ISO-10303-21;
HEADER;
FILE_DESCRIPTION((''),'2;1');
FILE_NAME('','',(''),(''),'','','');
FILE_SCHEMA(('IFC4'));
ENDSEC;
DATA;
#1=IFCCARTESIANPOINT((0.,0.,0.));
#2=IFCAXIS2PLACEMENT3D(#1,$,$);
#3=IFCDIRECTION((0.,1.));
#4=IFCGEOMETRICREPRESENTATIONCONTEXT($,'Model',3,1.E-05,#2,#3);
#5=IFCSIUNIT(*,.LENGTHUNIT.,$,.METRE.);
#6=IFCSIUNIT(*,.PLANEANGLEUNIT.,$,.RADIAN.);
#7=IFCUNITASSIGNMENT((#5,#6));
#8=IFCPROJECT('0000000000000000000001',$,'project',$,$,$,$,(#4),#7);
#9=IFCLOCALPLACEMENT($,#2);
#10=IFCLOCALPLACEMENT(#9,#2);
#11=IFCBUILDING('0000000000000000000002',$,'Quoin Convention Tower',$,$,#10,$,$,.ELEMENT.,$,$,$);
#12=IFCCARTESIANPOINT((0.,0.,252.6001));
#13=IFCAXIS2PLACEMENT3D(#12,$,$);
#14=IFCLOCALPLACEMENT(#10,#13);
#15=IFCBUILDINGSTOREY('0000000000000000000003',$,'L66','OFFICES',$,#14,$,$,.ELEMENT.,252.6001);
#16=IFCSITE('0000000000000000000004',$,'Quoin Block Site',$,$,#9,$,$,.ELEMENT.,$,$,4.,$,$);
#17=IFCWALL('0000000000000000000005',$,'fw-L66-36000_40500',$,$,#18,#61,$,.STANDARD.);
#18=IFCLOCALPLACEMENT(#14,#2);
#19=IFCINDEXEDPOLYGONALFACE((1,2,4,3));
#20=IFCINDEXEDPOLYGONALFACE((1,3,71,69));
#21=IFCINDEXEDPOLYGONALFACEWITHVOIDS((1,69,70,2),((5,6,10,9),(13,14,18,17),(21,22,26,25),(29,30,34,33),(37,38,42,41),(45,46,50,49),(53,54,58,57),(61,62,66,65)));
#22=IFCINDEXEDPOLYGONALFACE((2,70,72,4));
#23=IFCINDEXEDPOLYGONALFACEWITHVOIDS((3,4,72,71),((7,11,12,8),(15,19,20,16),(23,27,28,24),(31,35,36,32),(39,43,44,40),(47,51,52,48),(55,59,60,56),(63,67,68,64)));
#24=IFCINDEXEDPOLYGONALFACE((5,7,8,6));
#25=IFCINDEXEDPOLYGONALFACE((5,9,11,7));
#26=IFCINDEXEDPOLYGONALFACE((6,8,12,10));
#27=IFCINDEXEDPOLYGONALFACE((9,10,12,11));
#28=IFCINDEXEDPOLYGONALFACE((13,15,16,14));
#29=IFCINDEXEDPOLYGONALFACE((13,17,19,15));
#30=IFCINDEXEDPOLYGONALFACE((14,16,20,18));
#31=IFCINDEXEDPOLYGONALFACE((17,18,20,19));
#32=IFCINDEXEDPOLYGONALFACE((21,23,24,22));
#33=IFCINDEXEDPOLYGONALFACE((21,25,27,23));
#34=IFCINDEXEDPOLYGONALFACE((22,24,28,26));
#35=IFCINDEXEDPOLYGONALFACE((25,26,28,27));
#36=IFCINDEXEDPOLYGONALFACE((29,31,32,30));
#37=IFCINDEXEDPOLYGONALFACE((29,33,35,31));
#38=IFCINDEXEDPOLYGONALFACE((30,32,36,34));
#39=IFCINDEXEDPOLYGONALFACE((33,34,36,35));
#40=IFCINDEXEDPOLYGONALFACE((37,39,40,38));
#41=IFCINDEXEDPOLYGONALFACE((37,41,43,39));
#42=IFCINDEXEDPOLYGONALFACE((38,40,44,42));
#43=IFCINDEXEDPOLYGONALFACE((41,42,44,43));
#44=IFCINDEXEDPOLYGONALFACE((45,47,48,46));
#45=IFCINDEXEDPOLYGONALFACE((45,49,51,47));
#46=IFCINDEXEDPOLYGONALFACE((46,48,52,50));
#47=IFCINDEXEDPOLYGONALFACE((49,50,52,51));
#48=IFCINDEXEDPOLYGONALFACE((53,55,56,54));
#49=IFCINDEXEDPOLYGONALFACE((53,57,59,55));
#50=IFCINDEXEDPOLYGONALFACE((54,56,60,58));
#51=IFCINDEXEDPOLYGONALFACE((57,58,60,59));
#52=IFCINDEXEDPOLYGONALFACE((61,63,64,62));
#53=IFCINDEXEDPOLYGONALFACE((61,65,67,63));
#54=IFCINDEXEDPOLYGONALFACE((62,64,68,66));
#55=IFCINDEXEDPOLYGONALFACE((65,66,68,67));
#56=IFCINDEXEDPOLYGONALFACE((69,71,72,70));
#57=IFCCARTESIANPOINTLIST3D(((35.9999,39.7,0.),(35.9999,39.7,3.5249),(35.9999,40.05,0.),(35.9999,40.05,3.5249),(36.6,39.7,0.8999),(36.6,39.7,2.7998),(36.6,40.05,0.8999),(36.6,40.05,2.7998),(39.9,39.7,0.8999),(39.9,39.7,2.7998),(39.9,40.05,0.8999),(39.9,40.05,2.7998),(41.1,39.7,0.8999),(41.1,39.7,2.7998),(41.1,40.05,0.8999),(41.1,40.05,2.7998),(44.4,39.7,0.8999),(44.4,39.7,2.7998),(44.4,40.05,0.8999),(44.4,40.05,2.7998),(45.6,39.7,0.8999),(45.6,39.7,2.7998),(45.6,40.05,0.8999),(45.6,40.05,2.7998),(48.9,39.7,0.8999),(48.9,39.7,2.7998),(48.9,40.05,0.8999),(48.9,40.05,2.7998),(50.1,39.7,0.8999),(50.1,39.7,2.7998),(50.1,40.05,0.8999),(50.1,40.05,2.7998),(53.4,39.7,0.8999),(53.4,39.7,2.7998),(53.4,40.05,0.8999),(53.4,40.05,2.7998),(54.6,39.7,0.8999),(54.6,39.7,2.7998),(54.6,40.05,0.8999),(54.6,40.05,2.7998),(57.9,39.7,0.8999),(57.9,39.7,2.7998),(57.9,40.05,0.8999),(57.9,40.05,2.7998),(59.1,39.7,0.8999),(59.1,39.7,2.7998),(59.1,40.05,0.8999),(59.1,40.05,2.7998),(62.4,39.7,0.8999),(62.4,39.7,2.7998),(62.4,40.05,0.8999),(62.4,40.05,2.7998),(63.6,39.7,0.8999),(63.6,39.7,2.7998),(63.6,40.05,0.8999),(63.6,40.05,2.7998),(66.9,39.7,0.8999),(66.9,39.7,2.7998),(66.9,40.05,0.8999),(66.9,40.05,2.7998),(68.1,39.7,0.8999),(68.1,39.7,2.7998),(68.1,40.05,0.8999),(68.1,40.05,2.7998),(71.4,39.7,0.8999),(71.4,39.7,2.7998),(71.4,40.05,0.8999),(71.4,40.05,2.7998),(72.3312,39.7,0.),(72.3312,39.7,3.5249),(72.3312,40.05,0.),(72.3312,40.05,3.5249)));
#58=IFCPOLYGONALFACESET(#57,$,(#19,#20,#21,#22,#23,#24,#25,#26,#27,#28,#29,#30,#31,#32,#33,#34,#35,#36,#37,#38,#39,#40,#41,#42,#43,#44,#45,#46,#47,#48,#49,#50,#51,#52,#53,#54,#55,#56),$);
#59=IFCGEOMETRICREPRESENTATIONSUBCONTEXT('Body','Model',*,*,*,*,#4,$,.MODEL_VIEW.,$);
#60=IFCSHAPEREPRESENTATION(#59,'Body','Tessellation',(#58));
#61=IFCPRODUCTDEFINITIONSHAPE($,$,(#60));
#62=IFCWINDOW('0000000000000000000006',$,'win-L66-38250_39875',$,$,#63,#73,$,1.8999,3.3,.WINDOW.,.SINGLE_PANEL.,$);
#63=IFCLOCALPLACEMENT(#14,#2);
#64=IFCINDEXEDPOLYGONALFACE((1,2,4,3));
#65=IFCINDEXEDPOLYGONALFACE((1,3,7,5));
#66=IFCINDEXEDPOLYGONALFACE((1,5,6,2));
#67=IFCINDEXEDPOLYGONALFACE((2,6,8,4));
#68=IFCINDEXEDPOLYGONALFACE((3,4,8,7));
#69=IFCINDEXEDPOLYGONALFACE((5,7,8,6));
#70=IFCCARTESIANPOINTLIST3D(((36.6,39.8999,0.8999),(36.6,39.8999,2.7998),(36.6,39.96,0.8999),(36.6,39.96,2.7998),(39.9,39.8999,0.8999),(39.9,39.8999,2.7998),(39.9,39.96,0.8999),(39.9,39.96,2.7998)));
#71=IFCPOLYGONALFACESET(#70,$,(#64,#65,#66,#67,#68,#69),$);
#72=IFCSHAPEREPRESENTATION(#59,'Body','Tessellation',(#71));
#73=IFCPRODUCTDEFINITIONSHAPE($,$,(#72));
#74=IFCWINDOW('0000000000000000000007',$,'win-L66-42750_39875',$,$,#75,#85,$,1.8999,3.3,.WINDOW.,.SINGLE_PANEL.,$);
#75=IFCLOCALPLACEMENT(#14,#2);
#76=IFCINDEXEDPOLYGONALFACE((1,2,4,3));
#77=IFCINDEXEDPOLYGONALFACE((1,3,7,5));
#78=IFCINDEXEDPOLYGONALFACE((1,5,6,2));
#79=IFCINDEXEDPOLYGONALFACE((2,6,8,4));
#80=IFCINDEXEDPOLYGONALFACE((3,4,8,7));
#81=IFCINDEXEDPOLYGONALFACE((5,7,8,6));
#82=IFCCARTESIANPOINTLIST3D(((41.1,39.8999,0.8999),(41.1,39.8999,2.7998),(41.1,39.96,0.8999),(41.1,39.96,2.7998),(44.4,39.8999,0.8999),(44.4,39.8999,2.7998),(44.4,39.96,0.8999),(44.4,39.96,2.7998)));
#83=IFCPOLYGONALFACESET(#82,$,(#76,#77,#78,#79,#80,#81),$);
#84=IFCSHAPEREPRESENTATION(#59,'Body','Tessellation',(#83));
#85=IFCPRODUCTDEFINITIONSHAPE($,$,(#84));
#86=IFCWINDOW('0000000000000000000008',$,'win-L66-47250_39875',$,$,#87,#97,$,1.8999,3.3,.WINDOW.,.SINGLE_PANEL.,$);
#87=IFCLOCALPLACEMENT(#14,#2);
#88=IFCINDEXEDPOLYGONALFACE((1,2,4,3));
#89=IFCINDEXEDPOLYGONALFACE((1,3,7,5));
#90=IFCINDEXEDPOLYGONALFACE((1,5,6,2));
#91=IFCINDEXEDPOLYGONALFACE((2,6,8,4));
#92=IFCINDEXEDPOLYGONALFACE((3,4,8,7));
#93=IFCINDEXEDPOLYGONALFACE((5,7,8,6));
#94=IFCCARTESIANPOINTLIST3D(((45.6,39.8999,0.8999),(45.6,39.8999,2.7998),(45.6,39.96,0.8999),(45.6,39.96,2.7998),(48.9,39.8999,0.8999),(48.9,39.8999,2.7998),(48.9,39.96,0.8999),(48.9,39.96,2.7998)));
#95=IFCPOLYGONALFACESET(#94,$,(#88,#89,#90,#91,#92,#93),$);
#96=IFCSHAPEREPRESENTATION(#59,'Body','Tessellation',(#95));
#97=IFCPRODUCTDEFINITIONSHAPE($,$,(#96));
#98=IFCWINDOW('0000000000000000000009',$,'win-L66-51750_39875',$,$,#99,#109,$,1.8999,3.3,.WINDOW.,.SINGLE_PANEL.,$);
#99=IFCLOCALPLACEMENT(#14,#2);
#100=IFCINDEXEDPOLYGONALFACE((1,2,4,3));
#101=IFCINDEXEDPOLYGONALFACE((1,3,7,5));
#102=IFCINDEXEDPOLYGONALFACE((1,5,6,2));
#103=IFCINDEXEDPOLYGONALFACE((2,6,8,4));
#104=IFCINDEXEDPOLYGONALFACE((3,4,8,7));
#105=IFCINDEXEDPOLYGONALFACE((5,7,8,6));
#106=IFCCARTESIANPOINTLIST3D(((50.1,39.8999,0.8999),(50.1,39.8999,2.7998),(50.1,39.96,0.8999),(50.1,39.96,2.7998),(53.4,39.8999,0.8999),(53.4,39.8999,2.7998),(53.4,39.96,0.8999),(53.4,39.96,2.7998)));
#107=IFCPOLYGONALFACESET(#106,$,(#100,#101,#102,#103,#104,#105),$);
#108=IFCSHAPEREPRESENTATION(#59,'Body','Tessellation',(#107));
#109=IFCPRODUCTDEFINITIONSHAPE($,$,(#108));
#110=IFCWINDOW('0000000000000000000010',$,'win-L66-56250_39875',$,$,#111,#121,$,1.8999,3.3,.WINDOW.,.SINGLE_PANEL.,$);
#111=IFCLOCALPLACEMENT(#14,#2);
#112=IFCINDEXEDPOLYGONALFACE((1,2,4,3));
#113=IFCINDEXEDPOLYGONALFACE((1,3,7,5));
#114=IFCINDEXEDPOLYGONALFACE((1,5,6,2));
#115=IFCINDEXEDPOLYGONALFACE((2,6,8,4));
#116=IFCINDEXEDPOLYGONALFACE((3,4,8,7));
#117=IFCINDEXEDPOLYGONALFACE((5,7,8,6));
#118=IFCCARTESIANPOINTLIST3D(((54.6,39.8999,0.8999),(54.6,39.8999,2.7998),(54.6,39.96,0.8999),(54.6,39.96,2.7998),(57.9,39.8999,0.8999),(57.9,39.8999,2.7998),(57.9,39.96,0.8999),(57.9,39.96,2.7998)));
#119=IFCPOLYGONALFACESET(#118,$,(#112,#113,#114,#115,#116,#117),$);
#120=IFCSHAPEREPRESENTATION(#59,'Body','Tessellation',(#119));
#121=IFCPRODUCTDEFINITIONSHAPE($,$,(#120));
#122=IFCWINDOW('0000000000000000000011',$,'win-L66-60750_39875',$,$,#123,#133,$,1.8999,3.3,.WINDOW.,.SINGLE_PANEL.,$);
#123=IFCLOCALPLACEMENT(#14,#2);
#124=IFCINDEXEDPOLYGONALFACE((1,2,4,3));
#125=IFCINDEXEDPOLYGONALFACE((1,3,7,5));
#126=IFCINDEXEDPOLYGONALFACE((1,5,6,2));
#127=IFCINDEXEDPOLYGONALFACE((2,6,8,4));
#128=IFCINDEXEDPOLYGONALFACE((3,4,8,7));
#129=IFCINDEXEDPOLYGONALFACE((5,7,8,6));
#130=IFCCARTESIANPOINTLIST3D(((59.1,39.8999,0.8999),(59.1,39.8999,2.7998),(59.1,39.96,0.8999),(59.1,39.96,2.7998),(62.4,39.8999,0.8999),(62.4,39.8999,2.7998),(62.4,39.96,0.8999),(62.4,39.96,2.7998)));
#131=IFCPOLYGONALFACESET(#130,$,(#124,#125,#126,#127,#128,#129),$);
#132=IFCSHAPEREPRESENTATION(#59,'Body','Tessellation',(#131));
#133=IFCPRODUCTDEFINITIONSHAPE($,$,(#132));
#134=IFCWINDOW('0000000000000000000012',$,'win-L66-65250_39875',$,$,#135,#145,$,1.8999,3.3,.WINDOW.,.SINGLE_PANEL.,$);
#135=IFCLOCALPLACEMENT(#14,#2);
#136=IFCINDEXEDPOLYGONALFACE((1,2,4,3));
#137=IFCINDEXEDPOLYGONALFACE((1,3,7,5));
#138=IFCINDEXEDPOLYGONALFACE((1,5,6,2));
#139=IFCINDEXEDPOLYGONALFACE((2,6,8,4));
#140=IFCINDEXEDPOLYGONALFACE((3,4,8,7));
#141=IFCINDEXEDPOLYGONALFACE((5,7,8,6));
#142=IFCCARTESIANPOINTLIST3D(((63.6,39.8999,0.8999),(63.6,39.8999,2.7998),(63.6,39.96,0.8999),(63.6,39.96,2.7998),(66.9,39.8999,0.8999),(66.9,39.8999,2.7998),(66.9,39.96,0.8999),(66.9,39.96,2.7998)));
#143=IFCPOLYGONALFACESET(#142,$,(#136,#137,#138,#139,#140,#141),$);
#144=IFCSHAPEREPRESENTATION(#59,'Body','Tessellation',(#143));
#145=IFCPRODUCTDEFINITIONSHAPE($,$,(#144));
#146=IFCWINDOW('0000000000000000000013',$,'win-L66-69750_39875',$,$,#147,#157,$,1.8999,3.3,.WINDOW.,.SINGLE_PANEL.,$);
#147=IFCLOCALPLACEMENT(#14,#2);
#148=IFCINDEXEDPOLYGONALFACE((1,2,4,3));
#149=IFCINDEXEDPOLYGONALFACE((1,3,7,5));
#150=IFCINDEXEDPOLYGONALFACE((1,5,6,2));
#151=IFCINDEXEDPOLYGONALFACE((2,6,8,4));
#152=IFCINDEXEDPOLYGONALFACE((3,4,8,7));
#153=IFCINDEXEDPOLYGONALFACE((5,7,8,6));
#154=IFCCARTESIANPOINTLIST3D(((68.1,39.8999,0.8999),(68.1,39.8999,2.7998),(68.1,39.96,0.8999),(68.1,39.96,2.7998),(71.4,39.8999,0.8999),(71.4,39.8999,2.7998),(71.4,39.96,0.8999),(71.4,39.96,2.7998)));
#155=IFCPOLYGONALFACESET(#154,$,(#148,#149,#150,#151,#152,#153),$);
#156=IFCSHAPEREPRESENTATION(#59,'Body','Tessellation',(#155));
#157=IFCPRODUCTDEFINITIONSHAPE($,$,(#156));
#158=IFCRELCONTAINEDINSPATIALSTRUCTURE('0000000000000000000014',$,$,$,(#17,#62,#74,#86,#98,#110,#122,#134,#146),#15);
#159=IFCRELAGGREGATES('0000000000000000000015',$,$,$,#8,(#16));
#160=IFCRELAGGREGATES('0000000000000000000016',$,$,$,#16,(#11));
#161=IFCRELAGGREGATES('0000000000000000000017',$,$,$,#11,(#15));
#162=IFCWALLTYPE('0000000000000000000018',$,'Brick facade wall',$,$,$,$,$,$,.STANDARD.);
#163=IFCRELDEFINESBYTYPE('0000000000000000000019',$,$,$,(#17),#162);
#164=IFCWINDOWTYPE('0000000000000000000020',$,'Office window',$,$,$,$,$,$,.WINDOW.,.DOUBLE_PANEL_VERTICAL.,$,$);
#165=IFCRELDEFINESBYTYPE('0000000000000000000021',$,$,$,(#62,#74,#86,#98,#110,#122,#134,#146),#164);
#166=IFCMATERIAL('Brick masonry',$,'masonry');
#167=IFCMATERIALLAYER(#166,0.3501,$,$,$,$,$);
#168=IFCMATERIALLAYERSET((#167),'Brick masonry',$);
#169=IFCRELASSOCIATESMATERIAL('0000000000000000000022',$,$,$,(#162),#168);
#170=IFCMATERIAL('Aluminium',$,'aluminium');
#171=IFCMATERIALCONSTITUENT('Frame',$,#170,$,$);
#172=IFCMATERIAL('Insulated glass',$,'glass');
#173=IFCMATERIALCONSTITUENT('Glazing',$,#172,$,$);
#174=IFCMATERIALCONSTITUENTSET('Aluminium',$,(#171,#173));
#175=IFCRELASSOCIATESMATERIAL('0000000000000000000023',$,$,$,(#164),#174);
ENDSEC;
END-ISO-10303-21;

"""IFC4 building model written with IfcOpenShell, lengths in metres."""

from ifc_helpers import new_model, si_unit, direction, frame, frame_2d, origin, place, context, subcontext, project, spatial, rectangle, extrude, material, layer, layer_set, constituent, constituent_set, type_object, element, fill, save


model = new_model("IFC4")

# Units and contexts
model_context = context("Model", 3, precision=1e-05, world=origin(), true_north=direction((0.0, 1.0)))
body_context = subcontext(model_context, "Body", "Model", "MODEL_VIEW")
ifc_project = project(units=[si_unit("LENGTHUNIT", "METRE"), si_unit("PLANEANGLEUNIT", "RADIAN")], contexts=[model_context])

# Site, building, storey
site_placement = place(None, origin())
site = spatial("IfcSite", under=ifc_project, at=site_placement, Name="Quoin Block Site", CompositionType="ELEMENT", RefElevation=4.0)
building_placement = place(site_placement, origin())
building = spatial("IfcBuilding", under=site, at=building_placement, Name="Quoin Convention Tower", CompositionType="ELEMENT")
storey_placement = place(building_placement, frame((0.0, 0.0, 252.6001)))
storey = spatial("IfcBuildingStorey", under=building, at=storey_placement, Name="L66", Description="OFFICES", CompositionType="ELEMENT", Elevation=252.6001)

# Wall, openings, windows
ifc_material_1 = material(Name="Brick masonry", Category="masonry")
ifc_layer_1 = layer(ifc_material_1, 0.3501)
ifc_layer_set_1 = layer_set([ifc_layer_1], Name="Brick masonry")
wall_type = type_object("IfcWallType", Name="Brick facade wall", PredefinedType="STANDARD", material=ifc_layer_set_1)
wall_1_placement = place(storey_placement, frame((36.0, 39.875, 0.0), z_axis=(0.0, 0.0, 1.0), x_axis=(1.0, 0.0, 0.0)))
wall_1 = element("IfcWall", 1, at=wall_1_placement, inside=storey, type_object=wall_type, Name="fw-L66-36000_40500", PredefinedType="STANDARD", context=body_context, shape_type="SweptSolid", body=[
    extrude(rectangle(XDim=36.3313, YDim=0.3501, at=frame_2d((18.1655, 0.0))), origin(), (0.0, 0.0, 1.0), 3.5249),
])
opening_1_placement = place(wall_1_placement, frame((0.6001, 0.0, 0.8999)))
opening_1 = element("IfcOpeningElement", 2, at=opening_1_placement, cuts=wall_1, PredefinedType="OPENING", context=body_context, shape_type="SweptSolid", body=[
    extrude(rectangle(XDim=3.3, YDim=1.8999, at=frame_2d((1.6499, 0.95))), frame((0.0, 0.1851, 0.0), z_axis=(0.0, -1.0, 0.0), x_axis=(1.0, 0.0, 0.0)), (0.0, 0.0, 1.0), 0.3701),
])
opening_2_placement = place(wall_1_placement, frame((5.1001, 0.0, 0.8999)))
opening_2 = element("IfcOpeningElement", 3, at=opening_2_placement, cuts=wall_1, PredefinedType="OPENING", context=body_context, shape_type="SweptSolid", body=[
    extrude(rectangle(XDim=3.3, YDim=1.8999, at=frame_2d((1.6499, 0.95))), frame((0.0, 0.1851, 0.0), z_axis=(0.0, -1.0, 0.0), x_axis=(1.0, 0.0, 0.0)), (0.0, 0.0, 1.0), 0.3701),
])
opening_3_placement = place(wall_1_placement, frame((9.6001, 0.0, 0.8999)))
opening_3 = element("IfcOpeningElement", 4, at=opening_3_placement, cuts=wall_1, PredefinedType="OPENING", context=body_context, shape_type="SweptSolid", body=[
    extrude(rectangle(XDim=3.3, YDim=1.8999, at=frame_2d((1.6499, 0.95))), frame((0.0, 0.1851, 0.0), z_axis=(0.0, -1.0, 0.0), x_axis=(1.0, 0.0, 0.0)), (0.0, 0.0, 1.0), 0.3701),
])
opening_4_placement = place(wall_1_placement, frame((14.1001, 0.0, 0.8999)))
opening_4 = element("IfcOpeningElement", 5, at=opening_4_placement, cuts=wall_1, PredefinedType="OPENING", context=body_context, shape_type="SweptSolid", body=[
    extrude(rectangle(XDim=3.3, YDim=1.8999, at=frame_2d((1.6499, 0.95))), frame((0.0, 0.1851, 0.0), z_axis=(0.0, -1.0, 0.0), x_axis=(1.0, 0.0, 0.0)), (0.0, 0.0, 1.0), 0.3701),
])
opening_5_placement = place(wall_1_placement, frame((18.6001, 0.0, 0.8999)))
opening_5 = element("IfcOpeningElement", 6, at=opening_5_placement, cuts=wall_1, PredefinedType="OPENING", context=body_context, shape_type="SweptSolid", body=[
    extrude(rectangle(XDim=3.3, YDim=1.8999, at=frame_2d((1.6499, 0.95))), frame((0.0, 0.1851, 0.0), z_axis=(0.0, -1.0, 0.0), x_axis=(1.0, 0.0, 0.0)), (0.0, 0.0, 1.0), 0.3701),
])
opening_6_placement = place(wall_1_placement, frame((23.1001, 0.0, 0.8999)))
opening_6 = element("IfcOpeningElement", 7, at=opening_6_placement, cuts=wall_1, PredefinedType="OPENING", context=body_context, shape_type="SweptSolid", body=[
    extrude(rectangle(XDim=3.3, YDim=1.8999, at=frame_2d((1.6499, 0.95))), frame((0.0, 0.1851, 0.0), z_axis=(0.0, -1.0, 0.0), x_axis=(1.0, 0.0, 0.0)), (0.0, 0.0, 1.0), 0.3701),
])
opening_7_placement = place(wall_1_placement, frame((27.6001, 0.0, 0.8999)))
opening_7 = element("IfcOpeningElement", 8, at=opening_7_placement, cuts=wall_1, PredefinedType="OPENING", context=body_context, shape_type="SweptSolid", body=[
    extrude(rectangle(XDim=3.3, YDim=1.8999, at=frame_2d((1.6499, 0.95))), frame((0.0, 0.1851, 0.0), z_axis=(0.0, -1.0, 0.0), x_axis=(1.0, 0.0, 0.0)), (0.0, 0.0, 1.0), 0.3701),
])
opening_8_placement = place(wall_1_placement, frame((32.1001, 0.0, 0.8999)))
opening_8 = element("IfcOpeningElement", 9, at=opening_8_placement, cuts=wall_1, PredefinedType="OPENING", context=body_context, shape_type="SweptSolid", body=[
    extrude(rectangle(XDim=3.3, YDim=1.8999, at=frame_2d((1.6499, 0.95))), frame((0.0, 0.1851, 0.0), z_axis=(0.0, -1.0, 0.0), x_axis=(1.0, 0.0, 0.0)), (0.0, 0.0, 1.0), 0.3701),
])
ifc_material_2 = material(Name="Aluminium", Category="aluminium")
ifc_constituent_1 = constituent(ifc_material_2, Name="Frame")
ifc_material_3 = material(Name="Insulated glass", Category="glass")
ifc_constituent_2 = constituent(ifc_material_3, Name="Glazing")
ifc_constituent_set = constituent_set(constituents=[ifc_constituent_1, ifc_constituent_2], Name="Aluminium")
window_type = type_object("IfcWindowType", Name="Office window", PartitioningType="DOUBLE_PANEL_VERTICAL", PredefinedType="WINDOW", material=ifc_constituent_set)
window_1_placement = place(opening_1_placement, origin())
window_1 = element("IfcWindow", 10, at=window_1_placement, inside=storey, type_object=window_type, Name="win-L66-38250_39875", OverallHeight=1.8999, OverallWidth=3.3, PartitioningType="SINGLE_PANEL", PredefinedType="WINDOW", context=body_context, shape_type="SweptSolid", body=[
    extrude(rectangle(XDim=3.3, YDim=1.8999, at=frame_2d((1.6499, 0.95))), frame((0.0, 0.085, 0.0), z_axis=(0.0, -1.0, 0.0), x_axis=(1.0, 0.0, 0.0)), (0.0, 0.0, 1.0), 0.0601),
])
fill(opening_1, window_1)
window_2_placement = place(opening_2_placement, origin())
window_2 = element("IfcWindow", 11, at=window_2_placement, inside=storey, type_object=window_type, Name="win-L66-42750_39875", OverallHeight=1.8999, OverallWidth=3.3, PartitioningType="SINGLE_PANEL", PredefinedType="WINDOW", context=body_context, shape_type="SweptSolid", body=[
    extrude(rectangle(XDim=3.3, YDim=1.8999, at=frame_2d((1.6499, 0.95))), frame((0.0, 0.085, 0.0), z_axis=(0.0, -1.0, 0.0), x_axis=(1.0, 0.0, 0.0)), (0.0, 0.0, 1.0), 0.0601),
])
fill(opening_2, window_2)
window_3_placement = place(opening_3_placement, origin())
window_3 = element("IfcWindow", 12, at=window_3_placement, inside=storey, type_object=window_type, Name="win-L66-47250_39875", OverallHeight=1.8999, OverallWidth=3.3, PartitioningType="SINGLE_PANEL", PredefinedType="WINDOW", context=body_context, shape_type="SweptSolid", body=[
    extrude(rectangle(XDim=3.3, YDim=1.8999, at=frame_2d((1.6499, 0.95))), frame((0.0, 0.085, 0.0), z_axis=(0.0, -1.0, 0.0), x_axis=(1.0, 0.0, 0.0)), (0.0, 0.0, 1.0), 0.0601),
])
fill(opening_3, window_3)
window_4_placement = place(opening_4_placement, origin())
window_4 = element("IfcWindow", 13, at=window_4_placement, inside=storey, type_object=window_type, Name="win-L66-51750_39875", OverallHeight=1.8999, OverallWidth=3.3, PartitioningType="SINGLE_PANEL", PredefinedType="WINDOW", context=body_context, shape_type="SweptSolid", body=[
    extrude(rectangle(XDim=3.3, YDim=1.8999, at=frame_2d((1.6499, 0.95))), frame((0.0, 0.085, 0.0), z_axis=(0.0, -1.0, 0.0), x_axis=(1.0, 0.0, 0.0)), (0.0, 0.0, 1.0), 0.0601),
])
fill(opening_4, window_4)
window_5_placement = place(opening_5_placement, origin())
window_5 = element("IfcWindow", 14, at=window_5_placement, inside=storey, type_object=window_type, Name="win-L66-56250_39875", OverallHeight=1.8999, OverallWidth=3.3, PartitioningType="SINGLE_PANEL", PredefinedType="WINDOW", context=body_context, shape_type="SweptSolid", body=[
    extrude(rectangle(XDim=3.3, YDim=1.8999, at=frame_2d((1.6499, 0.95))), frame((0.0, 0.085, 0.0), z_axis=(0.0, -1.0, 0.0), x_axis=(1.0, 0.0, 0.0)), (0.0, 0.0, 1.0), 0.0601),
])
fill(opening_5, window_5)
window_6_placement = place(opening_6_placement, origin())
window_6 = element("IfcWindow", 15, at=window_6_placement, inside=storey, type_object=window_type, Name="win-L66-60750_39875", OverallHeight=1.8999, OverallWidth=3.3, PartitioningType="SINGLE_PANEL", PredefinedType="WINDOW", context=body_context, shape_type="SweptSolid", body=[
    extrude(rectangle(XDim=3.3, YDim=1.8999, at=frame_2d((1.6499, 0.95))), frame((0.0, 0.085, 0.0), z_axis=(0.0, -1.0, 0.0), x_axis=(1.0, 0.0, 0.0)), (0.0, 0.0, 1.0), 0.0601),
])
fill(opening_6, window_6)
window_7_placement = place(opening_7_placement, origin())
window_7 = element("IfcWindow", 16, at=window_7_placement, inside=storey, type_object=window_type, Name="win-L66-65250_39875", OverallHeight=1.8999, OverallWidth=3.3, PartitioningType="SINGLE_PANEL", PredefinedType="WINDOW", context=body_context, shape_type="SweptSolid", body=[
    extrude(rectangle(XDim=3.3, YDim=1.8999, at=frame_2d((1.6499, 0.95))), frame((0.0, 0.085, 0.0), z_axis=(0.0, -1.0, 0.0), x_axis=(1.0, 0.0, 0.0)), (0.0, 0.0, 1.0), 0.0601),
])
fill(opening_7, window_7)
window_8_placement = place(opening_8_placement, origin())
window_8 = element("IfcWindow", 17, at=window_8_placement, inside=storey, type_object=window_type, Name="win-L66-69750_39875", OverallHeight=1.8999, OverallWidth=3.3, PartitioningType="SINGLE_PANEL", PredefinedType="WINDOW", context=body_context, shape_type="SweptSolid", body=[
    extrude(rectangle(XDim=3.3, YDim=1.8999, at=frame_2d((1.6499, 0.95))), frame((0.0, 0.085, 0.0), z_axis=(0.0, -1.0, 0.0), x_axis=(1.0, 0.0, 0.0)), (0.0, 0.0, 1.0), 0.0601),
])
fill(opening_8, window_8)

save(model, "model.ifc")
